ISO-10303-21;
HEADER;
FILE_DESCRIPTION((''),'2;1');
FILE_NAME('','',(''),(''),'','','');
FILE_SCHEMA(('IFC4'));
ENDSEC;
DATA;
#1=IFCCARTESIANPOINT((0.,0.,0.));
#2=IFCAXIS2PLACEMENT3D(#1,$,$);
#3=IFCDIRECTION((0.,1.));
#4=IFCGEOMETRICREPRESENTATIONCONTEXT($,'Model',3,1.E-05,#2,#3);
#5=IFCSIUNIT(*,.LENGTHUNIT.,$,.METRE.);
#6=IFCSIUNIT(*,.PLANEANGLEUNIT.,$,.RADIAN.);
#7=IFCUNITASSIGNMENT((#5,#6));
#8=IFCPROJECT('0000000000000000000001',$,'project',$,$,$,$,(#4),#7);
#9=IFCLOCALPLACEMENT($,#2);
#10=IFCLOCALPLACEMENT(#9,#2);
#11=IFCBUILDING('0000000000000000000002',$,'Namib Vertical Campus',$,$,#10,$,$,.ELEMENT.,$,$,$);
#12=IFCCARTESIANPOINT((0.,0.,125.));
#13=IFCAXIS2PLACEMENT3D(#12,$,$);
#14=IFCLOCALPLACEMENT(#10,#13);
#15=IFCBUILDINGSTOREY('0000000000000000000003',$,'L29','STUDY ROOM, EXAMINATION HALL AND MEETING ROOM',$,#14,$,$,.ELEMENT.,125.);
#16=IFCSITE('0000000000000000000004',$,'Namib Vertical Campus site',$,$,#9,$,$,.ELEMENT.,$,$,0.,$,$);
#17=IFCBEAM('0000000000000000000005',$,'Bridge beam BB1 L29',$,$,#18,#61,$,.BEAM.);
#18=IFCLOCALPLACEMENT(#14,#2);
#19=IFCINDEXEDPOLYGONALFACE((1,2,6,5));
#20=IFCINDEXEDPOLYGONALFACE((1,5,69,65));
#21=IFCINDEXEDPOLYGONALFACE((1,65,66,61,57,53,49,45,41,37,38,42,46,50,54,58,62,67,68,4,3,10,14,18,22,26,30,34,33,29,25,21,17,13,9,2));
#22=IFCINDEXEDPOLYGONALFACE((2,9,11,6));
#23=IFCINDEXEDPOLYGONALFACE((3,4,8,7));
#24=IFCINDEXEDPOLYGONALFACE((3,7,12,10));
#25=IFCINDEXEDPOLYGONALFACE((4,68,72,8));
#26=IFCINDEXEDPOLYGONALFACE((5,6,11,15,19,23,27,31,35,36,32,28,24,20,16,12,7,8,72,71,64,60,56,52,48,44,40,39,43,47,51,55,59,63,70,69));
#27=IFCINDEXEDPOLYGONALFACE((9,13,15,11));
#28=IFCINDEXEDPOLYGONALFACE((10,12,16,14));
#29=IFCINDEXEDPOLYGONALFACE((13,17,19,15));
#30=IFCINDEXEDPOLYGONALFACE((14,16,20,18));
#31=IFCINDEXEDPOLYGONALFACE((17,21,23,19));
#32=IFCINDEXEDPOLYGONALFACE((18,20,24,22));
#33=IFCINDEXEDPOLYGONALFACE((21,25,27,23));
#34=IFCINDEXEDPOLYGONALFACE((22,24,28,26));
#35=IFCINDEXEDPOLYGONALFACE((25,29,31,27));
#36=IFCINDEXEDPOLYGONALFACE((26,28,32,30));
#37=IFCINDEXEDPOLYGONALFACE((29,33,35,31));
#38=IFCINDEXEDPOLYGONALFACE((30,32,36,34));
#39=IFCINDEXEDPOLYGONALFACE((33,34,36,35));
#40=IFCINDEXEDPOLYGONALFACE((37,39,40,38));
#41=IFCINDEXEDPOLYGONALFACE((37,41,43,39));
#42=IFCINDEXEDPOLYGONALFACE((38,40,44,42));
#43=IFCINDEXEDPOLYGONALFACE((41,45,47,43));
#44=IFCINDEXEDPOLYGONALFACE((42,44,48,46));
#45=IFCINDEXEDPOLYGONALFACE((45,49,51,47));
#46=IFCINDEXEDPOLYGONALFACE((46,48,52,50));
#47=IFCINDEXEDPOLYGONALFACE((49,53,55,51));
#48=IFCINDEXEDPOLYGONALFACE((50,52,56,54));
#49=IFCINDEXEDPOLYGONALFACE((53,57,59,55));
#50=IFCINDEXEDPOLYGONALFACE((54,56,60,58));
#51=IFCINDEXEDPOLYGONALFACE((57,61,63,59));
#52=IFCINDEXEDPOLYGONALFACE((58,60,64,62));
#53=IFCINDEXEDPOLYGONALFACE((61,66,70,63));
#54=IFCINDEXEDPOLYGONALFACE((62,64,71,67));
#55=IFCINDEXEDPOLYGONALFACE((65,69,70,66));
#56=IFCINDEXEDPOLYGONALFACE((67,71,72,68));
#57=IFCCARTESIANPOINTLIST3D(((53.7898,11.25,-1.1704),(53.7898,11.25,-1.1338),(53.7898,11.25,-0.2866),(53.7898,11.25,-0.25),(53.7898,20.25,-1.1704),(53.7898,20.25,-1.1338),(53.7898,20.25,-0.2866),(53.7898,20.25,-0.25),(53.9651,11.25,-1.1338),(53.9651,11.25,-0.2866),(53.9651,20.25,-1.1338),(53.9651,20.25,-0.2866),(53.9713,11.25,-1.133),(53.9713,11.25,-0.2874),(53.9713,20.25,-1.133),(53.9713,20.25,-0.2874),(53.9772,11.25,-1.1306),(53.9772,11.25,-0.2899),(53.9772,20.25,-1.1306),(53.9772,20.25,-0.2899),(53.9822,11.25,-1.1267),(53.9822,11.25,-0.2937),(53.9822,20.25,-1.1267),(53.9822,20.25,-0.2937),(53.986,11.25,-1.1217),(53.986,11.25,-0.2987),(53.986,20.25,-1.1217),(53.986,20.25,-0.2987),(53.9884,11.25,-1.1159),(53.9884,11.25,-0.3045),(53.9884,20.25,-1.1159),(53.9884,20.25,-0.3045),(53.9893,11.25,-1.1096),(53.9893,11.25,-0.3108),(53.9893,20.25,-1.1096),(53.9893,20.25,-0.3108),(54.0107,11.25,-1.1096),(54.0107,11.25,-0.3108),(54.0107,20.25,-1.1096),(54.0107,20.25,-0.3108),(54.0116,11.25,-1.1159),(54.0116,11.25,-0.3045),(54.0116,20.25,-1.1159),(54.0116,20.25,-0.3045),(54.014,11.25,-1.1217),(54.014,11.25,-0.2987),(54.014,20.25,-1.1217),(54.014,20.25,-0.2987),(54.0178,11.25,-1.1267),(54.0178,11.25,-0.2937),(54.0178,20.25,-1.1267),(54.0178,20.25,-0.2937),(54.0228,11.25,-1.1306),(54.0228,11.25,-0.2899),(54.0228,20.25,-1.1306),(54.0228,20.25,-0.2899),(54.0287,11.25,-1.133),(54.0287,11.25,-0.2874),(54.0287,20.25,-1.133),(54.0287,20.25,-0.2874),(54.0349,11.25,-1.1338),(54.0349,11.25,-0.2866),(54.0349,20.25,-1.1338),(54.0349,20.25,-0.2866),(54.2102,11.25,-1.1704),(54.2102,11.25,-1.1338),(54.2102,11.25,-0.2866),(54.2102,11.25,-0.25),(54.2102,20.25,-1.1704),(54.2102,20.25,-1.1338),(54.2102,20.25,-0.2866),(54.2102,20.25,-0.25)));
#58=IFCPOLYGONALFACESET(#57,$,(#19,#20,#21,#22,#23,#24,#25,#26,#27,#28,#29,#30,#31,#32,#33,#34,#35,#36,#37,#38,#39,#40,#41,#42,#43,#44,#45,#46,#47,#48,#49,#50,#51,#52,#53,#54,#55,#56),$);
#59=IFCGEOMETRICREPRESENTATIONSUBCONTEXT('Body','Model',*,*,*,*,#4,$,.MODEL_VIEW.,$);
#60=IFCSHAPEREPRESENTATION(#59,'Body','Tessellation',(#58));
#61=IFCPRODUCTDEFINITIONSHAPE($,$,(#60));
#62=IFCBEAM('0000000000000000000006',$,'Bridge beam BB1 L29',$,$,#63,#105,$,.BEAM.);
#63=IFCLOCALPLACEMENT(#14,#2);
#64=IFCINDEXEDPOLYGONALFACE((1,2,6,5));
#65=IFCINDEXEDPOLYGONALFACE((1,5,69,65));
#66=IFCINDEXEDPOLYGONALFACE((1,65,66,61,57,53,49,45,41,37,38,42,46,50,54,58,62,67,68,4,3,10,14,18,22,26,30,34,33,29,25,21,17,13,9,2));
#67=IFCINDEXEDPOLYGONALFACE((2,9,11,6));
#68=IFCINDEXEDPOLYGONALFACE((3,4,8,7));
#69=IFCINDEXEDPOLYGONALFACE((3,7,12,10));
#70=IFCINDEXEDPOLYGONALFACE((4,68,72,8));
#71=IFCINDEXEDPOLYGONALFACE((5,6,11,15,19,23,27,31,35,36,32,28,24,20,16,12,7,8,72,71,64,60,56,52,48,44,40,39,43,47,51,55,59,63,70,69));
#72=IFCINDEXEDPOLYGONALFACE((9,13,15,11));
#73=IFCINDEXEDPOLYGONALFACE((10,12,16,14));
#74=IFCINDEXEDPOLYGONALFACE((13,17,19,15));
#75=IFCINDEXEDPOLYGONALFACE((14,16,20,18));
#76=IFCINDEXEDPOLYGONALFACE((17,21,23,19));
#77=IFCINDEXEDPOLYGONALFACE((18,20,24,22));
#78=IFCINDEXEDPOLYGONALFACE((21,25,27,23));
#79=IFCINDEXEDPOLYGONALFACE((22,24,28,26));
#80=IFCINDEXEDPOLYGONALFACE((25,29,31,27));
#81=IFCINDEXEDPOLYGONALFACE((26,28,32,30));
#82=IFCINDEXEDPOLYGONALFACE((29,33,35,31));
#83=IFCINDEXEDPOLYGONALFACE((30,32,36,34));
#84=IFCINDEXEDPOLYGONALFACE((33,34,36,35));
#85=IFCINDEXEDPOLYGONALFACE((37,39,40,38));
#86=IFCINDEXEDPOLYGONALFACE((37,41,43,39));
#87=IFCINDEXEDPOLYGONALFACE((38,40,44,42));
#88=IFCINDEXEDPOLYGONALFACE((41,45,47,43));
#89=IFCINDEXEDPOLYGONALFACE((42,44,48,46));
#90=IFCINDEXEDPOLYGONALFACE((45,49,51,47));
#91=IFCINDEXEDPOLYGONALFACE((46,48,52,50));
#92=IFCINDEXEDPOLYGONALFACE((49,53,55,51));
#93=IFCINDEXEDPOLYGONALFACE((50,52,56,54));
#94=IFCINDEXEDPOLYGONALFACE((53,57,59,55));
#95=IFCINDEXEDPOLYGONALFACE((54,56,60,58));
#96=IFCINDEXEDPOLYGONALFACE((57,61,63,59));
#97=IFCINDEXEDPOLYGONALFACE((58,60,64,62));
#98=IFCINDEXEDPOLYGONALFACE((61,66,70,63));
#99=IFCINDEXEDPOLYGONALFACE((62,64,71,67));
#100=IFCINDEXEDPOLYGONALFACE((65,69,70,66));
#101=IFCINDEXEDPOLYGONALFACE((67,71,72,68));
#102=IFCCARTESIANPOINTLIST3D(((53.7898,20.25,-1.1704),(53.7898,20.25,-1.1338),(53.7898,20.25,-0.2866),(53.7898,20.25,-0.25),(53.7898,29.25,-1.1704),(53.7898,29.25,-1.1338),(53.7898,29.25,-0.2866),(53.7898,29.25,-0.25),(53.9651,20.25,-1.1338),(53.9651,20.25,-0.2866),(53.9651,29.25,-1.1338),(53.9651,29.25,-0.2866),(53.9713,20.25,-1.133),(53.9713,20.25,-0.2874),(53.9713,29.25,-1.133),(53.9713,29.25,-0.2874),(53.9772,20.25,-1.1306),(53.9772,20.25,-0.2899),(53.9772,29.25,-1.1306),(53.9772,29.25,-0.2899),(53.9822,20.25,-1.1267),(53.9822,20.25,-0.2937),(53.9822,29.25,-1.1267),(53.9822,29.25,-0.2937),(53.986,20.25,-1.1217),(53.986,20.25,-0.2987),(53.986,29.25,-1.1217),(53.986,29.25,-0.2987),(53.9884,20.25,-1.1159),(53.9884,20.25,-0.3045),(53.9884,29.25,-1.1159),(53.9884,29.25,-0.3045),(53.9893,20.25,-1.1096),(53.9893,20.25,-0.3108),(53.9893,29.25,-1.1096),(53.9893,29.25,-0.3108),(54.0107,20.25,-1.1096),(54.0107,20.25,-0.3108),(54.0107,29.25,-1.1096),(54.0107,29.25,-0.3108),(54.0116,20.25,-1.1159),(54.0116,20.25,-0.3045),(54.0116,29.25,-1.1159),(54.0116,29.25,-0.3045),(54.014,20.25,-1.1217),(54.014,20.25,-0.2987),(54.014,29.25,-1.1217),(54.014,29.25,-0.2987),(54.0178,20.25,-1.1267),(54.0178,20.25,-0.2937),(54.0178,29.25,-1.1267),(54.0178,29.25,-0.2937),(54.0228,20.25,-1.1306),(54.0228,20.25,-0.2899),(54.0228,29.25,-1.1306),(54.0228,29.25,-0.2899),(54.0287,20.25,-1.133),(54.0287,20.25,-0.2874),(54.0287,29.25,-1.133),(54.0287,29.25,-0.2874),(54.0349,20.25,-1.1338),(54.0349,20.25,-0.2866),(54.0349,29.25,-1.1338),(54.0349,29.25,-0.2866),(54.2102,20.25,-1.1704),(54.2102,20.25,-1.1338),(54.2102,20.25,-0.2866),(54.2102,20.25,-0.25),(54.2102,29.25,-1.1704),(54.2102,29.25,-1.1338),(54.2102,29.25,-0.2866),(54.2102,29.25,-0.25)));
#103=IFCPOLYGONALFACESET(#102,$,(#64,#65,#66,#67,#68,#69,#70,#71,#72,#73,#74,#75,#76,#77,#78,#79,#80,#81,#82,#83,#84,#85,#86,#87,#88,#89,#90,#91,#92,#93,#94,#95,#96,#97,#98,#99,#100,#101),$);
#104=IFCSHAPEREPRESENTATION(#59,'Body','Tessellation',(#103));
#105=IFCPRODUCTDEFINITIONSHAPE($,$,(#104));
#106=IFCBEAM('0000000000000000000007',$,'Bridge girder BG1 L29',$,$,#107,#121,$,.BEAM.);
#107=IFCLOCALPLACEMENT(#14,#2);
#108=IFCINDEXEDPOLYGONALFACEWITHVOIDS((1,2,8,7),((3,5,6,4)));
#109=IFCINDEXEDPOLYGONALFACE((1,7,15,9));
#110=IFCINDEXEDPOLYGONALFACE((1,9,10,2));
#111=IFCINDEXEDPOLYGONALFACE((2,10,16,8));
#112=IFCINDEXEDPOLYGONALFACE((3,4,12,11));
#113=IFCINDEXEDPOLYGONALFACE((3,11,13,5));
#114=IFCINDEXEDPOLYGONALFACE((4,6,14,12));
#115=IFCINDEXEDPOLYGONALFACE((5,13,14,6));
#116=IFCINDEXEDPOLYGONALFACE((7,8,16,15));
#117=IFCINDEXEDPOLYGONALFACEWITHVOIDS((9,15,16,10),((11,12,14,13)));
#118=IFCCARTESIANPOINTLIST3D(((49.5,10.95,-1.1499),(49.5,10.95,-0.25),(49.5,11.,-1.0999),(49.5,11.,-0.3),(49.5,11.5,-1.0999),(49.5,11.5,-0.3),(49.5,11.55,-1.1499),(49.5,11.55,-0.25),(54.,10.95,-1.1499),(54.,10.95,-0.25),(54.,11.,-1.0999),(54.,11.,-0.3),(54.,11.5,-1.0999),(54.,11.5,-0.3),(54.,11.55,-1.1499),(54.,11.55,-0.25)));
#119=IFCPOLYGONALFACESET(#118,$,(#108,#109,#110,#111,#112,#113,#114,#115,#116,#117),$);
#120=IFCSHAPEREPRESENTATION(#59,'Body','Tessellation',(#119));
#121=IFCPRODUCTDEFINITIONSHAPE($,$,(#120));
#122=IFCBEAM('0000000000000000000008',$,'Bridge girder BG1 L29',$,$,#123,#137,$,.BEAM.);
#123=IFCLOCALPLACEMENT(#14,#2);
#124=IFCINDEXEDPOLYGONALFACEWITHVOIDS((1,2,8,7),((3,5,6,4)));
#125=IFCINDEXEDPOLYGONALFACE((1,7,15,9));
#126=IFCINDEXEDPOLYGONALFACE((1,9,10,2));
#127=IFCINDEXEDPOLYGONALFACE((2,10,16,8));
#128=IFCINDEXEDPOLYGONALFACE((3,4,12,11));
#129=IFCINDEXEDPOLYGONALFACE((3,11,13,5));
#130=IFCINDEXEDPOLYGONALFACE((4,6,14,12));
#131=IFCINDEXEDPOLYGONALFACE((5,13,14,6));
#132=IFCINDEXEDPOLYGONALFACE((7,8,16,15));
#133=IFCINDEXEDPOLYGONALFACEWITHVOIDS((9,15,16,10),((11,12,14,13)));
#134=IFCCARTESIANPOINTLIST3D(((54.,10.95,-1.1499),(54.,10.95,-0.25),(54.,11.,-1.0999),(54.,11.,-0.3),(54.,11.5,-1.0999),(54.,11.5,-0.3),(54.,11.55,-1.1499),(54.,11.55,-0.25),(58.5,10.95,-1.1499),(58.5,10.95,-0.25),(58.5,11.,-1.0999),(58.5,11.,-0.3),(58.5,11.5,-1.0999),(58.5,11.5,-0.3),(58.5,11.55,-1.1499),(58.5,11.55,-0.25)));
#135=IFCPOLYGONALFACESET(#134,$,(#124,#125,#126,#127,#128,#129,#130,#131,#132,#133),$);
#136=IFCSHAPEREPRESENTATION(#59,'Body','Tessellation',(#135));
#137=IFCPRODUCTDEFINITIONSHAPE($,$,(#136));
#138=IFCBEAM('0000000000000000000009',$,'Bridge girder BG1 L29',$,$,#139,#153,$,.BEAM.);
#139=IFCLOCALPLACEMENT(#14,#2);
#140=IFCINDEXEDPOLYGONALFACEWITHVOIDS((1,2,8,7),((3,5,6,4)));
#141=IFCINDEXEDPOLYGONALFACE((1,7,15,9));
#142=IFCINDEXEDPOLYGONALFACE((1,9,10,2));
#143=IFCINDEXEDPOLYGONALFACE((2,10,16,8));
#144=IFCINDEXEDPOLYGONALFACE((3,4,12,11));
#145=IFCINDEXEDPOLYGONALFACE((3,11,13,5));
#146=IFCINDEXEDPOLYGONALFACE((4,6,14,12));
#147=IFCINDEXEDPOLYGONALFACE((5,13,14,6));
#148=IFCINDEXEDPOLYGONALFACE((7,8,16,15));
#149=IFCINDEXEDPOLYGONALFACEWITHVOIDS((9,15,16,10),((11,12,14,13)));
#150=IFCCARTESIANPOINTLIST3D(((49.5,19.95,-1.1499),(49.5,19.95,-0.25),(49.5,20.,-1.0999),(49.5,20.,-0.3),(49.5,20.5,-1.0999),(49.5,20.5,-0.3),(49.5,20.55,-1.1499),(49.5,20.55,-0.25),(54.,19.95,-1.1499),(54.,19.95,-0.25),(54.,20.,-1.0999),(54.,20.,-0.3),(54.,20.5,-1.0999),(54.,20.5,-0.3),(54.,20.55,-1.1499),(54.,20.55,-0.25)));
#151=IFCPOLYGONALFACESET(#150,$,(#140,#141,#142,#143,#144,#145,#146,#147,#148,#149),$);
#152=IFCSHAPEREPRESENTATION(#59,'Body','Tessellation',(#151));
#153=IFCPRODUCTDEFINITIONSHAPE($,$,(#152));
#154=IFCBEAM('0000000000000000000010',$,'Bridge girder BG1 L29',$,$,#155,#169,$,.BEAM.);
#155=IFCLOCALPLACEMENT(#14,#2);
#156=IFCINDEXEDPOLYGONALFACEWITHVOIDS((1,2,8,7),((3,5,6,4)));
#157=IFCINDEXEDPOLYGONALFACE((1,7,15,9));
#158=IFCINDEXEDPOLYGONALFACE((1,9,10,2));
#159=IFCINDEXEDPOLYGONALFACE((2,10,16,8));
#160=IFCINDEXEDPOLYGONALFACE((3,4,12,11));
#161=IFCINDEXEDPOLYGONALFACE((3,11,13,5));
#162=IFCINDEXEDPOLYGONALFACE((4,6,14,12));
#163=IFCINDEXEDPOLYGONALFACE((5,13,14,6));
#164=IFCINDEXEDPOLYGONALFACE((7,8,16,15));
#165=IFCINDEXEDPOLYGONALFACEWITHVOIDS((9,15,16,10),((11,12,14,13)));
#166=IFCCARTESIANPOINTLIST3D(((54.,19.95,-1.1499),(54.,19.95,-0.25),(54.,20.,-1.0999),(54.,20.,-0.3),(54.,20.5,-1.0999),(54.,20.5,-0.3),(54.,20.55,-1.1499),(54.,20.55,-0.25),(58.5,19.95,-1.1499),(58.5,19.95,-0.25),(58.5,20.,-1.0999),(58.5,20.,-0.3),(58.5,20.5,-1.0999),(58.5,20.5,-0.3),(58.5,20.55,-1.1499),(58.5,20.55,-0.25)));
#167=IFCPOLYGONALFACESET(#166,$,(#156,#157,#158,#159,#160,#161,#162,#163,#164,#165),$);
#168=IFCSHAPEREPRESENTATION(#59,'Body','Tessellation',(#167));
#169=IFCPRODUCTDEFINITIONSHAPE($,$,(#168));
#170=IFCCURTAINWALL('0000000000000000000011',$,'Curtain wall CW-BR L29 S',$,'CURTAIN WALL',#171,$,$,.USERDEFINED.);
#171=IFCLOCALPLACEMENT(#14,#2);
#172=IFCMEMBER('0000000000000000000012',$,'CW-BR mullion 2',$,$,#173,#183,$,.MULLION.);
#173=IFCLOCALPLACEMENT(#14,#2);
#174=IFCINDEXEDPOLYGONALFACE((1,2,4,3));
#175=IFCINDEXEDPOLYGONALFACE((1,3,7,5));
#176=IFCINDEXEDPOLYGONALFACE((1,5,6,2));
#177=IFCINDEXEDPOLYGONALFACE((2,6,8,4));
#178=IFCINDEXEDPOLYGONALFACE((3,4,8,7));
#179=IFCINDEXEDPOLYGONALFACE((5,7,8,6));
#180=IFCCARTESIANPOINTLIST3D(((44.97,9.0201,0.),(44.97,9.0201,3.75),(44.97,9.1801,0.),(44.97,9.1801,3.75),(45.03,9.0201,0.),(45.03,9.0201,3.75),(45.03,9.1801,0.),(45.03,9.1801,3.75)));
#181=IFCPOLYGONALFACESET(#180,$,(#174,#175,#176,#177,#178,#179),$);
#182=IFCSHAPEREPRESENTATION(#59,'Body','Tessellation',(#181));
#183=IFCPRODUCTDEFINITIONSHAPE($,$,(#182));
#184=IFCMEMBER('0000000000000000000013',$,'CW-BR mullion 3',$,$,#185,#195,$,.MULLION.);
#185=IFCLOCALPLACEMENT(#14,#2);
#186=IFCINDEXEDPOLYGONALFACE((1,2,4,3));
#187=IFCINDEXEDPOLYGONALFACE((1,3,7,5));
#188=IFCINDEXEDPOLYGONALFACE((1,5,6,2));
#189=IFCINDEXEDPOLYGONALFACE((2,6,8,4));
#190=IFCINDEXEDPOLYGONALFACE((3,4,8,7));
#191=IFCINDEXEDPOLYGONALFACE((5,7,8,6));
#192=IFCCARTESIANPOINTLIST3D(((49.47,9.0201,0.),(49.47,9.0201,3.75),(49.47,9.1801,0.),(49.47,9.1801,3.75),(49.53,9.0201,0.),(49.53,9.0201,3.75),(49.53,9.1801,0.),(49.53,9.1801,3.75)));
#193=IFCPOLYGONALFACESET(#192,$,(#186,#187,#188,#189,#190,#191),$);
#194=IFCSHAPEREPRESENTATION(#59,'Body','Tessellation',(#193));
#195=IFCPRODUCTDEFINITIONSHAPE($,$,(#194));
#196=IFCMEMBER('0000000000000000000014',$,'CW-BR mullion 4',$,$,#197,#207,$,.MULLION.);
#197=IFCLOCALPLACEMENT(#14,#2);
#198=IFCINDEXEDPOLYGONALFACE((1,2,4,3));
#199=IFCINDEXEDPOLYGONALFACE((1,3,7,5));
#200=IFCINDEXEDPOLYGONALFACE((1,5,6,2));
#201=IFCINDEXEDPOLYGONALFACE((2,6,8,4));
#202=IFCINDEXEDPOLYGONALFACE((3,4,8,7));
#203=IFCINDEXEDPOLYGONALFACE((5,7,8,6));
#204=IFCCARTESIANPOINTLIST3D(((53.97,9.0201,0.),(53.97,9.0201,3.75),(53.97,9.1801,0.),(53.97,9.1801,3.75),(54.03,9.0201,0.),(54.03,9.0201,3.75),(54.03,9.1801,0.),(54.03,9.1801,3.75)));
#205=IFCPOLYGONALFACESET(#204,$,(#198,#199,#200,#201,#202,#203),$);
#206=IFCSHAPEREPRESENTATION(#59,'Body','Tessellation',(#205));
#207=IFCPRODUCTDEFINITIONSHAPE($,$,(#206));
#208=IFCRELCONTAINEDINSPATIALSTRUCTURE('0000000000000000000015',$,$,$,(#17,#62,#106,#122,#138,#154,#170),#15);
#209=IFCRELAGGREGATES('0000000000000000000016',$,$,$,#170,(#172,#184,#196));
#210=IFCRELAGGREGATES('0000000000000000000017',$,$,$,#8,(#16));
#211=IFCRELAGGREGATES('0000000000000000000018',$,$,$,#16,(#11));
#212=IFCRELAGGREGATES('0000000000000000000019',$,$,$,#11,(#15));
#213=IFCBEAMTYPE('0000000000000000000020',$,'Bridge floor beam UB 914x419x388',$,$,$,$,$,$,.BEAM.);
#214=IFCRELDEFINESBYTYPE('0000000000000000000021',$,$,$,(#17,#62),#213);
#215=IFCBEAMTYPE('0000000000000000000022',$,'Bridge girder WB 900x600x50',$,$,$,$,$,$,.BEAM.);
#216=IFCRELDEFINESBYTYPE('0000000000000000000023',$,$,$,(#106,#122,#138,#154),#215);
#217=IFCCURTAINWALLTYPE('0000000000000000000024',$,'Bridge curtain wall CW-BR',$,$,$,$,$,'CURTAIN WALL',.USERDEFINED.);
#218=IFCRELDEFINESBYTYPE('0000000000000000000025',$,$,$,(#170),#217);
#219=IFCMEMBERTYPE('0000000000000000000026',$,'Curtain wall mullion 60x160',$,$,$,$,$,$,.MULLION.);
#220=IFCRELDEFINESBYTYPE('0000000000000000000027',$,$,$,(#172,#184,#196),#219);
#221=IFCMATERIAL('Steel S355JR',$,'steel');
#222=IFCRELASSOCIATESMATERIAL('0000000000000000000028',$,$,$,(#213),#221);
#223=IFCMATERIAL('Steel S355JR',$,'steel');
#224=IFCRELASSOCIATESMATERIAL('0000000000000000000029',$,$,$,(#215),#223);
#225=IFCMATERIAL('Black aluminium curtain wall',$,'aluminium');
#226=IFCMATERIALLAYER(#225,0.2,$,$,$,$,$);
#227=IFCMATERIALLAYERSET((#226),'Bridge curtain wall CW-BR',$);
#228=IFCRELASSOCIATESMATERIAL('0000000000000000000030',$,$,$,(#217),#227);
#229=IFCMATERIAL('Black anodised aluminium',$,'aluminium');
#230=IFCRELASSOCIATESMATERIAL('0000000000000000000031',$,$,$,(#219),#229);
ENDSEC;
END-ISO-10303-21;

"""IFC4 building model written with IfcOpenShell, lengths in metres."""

from ifc_helpers import new_model, si_unit, direction, frame, origin, origin_2d, place, context, subcontext, project, spatial, rectangle, hollow_rectangle, i_section, extrude, material, layer, layer_set, material_profile, profile_set, type_object, element, aggregate, save


model = new_model("IFC4")

# Units and contexts
model_context = context("Model", 3, precision=1e-05, world=origin(), true_north=direction((0.0, 1.0)))
body_context = subcontext(model_context, "Body", "Model", "MODEL_VIEW")
ifc_project = project(units=[si_unit("LENGTHUNIT", "METRE"), si_unit("PLANEANGLEUNIT", "RADIAN")], contexts=[model_context])

# Site, building, storey
site_placement = place(None, origin())
site = spatial("IfcSite", under=ifc_project, at=site_placement, Name="Namib Vertical Campus site", CompositionType="ELEMENT", RefElevation=0.0)
building_placement = place(site_placement, origin())
building = spatial("IfcBuilding", under=site, at=building_placement, Name="Namib Vertical Campus", CompositionType="ELEMENT")
storey_placement = place(building_placement, frame((0.0, 0.0, 125.0)))
storey = spatial("IfcBuildingStorey", under=building, at=storey_placement, Name="L29", Description="STUDY ROOM, EXAMINATION HALL AND MEETING ROOM", CompositionType="ELEMENT", Elevation=125.0)

# Beams
ifc_material_1 = material(Name="Steel S355JR", Category="steel")
ifc_material_profile_1 = material_profile(ifc_material_1, i_section(OverallWidth=0.4204, OverallDepth=0.9204, WebThickness=0.0215, FlangeThickness=0.0366, FilletRadius=0.0242, at=origin_2d()))
ifc_profile_set_1 = profile_set([ifc_material_profile_1], Name="Steel S355JR")
beam_type_1 = type_object("IfcBeamType", Name="Bridge floor beam UB 914x419x388", PredefinedType="BEAM", material=ifc_profile_set_1)
for number, where, z_axis, x_axis, name in (
    (1, (54.0, 11.25, -0.7102), (0.0, 1.0, 0.0), (-1.0, 0.0, 0.0), "Bridge beam BB1 L29"),
    (2, (54.0, 20.25, -0.7102), (0.0, 1.0, 0.0), (-1.0, 0.0, 0.0), "Bridge beam BB1 L29"),
):
    element("IfcBeam", number, at=place(storey_placement, frame(where, z_axis=z_axis, x_axis=x_axis)), inside=storey, type_object=beam_type_1, Name=name, PredefinedType="BEAM", context=body_context, shape_type="SweptSolid", body=[
        extrude(i_section(OverallWidth=0.4204, OverallDepth=0.9204, WebThickness=0.0215, FlangeThickness=0.0366, FilletRadius=0.0242, at=origin_2d()), origin(), (0.0, 0.0, 1.0), 9.0),
    ])
ifc_material_2 = material(Name="Steel S355JR", Category="steel")
ifc_material_profile_2 = material_profile(ifc_material_2, hollow_rectangle(XDim=0.6001, YDim=0.8999, WallThickness=0.05, at=origin_2d()))
ifc_profile_set_2 = profile_set([ifc_material_profile_2], Name="Steel S355JR")
beam_type_2 = type_object("IfcBeamType", Name="Bridge girder WB 900x600x50", PredefinedType="BEAM", material=ifc_profile_set_2)
for number, where, z_axis, x_axis, name in (
    (3, (49.5, 11.25, -0.7), (1.0, 0.0, 0.0), (0.0, 1.0, 0.0), "Bridge girder BG1 L29"),
    (4, (54.0, 11.25, -0.7), (1.0, 0.0, 0.0), (0.0, 1.0, 0.0), "Bridge girder BG1 L29"),
    (5, (49.5, 20.25, -0.7), (1.0, 0.0, 0.0), (0.0, 1.0, 0.0), "Bridge girder BG1 L29"),
    (6, (54.0, 20.25, -0.7), (1.0, 0.0, 0.0), (0.0, 1.0, 0.0), "Bridge girder BG1 L29"),
):
    element("IfcBeam", number, at=place(storey_placement, frame(where, z_axis=z_axis, x_axis=x_axis)), inside=storey, type_object=beam_type_2, Name=name, PredefinedType="BEAM", context=body_context, shape_type="SweptSolid", body=[
        extrude(hollow_rectangle(XDim=0.6001, YDim=0.8999, WallThickness=0.05, at=origin_2d()), origin(), (0.0, 0.0, 1.0), 4.5),
    ])

# Curtain wall, members
ifc_material_3 = material(Name="Black aluminium curtain wall", Category="aluminium")
ifc_layer_1 = layer(ifc_material_3, 0.2)
ifc_layer_set_1 = layer_set([ifc_layer_1], Name="Bridge curtain wall CW-BR")
curtain_wall_type = type_object("IfcCurtainWallType", Name="Bridge curtain wall CW-BR", ElementType="CURTAIN WALL", PredefinedType="USERDEFINED", material=ifc_layer_set_1)
curtain_wall_placement = place(storey_placement, origin())
curtain_wall = element("IfcCurtainWall", 7, at=curtain_wall_placement, inside=storey, type_object=curtain_wall_type, Name="Curtain wall CW-BR L29 S", ObjectType="CURTAIN WALL", PredefinedType="USERDEFINED")
ifc_material_4 = material(Name="Black anodised aluminium", Category="aluminium")
ifc_material_profile_3 = material_profile(ifc_material_4, rectangle(XDim=0.0601, YDim=0.1599, at=origin_2d()))
ifc_profile_set_3 = profile_set([ifc_material_profile_3], Name="Black anodised aluminium")
member_type_1 = type_object("IfcMemberType", Name="Curtain wall mullion 60x160", PredefinedType="MULLION", material=ifc_profile_set_3)
member_1_placement = place(storey_placement, frame((45.0, 9.1001, 0.0), z_axis=(0.0, 0.0, 1.0), x_axis=(1.0, 0.0, 0.0)))
member_1 = element("IfcMember", 8, at=member_1_placement, type_object=member_type_1, Name="CW-BR mullion 2", PredefinedType="MULLION", context=body_context, shape_type="SweptSolid", body=[
    extrude(rectangle(XDim=0.0601, YDim=0.1599, at=origin_2d()), origin(), (0.0, 0.0, 1.0), 3.75),
])
member_2_placement = place(storey_placement, frame((49.5, 9.1001, 0.0), z_axis=(0.0, 0.0, 1.0), x_axis=(1.0, 0.0, 0.0)))
member_2 = element("IfcMember", 9, at=member_2_placement, type_object=member_type_1, Name="CW-BR mullion 3", PredefinedType="MULLION", context=body_context, shape_type="SweptSolid", body=[
    extrude(rectangle(XDim=0.0601, YDim=0.1599, at=origin_2d()), origin(), (0.0, 0.0, 1.0), 3.75),
])
member_3_placement = place(storey_placement, frame((54.0, 9.1001, 0.0), z_axis=(0.0, 0.0, 1.0), x_axis=(1.0, 0.0, 0.0)))
member_3 = element("IfcMember", 10, at=member_3_placement, type_object=member_type_1, Name="CW-BR mullion 4", PredefinedType="MULLION", context=body_context, shape_type="SweptSolid", body=[
    extrude(rectangle(XDim=0.0601, YDim=0.1599, at=origin_2d()), origin(), (0.0, 0.0, 1.0), 3.75),
])
aggregate(curtain_wall, [member_1, member_2, member_3])

save(model, "model.ifc")
